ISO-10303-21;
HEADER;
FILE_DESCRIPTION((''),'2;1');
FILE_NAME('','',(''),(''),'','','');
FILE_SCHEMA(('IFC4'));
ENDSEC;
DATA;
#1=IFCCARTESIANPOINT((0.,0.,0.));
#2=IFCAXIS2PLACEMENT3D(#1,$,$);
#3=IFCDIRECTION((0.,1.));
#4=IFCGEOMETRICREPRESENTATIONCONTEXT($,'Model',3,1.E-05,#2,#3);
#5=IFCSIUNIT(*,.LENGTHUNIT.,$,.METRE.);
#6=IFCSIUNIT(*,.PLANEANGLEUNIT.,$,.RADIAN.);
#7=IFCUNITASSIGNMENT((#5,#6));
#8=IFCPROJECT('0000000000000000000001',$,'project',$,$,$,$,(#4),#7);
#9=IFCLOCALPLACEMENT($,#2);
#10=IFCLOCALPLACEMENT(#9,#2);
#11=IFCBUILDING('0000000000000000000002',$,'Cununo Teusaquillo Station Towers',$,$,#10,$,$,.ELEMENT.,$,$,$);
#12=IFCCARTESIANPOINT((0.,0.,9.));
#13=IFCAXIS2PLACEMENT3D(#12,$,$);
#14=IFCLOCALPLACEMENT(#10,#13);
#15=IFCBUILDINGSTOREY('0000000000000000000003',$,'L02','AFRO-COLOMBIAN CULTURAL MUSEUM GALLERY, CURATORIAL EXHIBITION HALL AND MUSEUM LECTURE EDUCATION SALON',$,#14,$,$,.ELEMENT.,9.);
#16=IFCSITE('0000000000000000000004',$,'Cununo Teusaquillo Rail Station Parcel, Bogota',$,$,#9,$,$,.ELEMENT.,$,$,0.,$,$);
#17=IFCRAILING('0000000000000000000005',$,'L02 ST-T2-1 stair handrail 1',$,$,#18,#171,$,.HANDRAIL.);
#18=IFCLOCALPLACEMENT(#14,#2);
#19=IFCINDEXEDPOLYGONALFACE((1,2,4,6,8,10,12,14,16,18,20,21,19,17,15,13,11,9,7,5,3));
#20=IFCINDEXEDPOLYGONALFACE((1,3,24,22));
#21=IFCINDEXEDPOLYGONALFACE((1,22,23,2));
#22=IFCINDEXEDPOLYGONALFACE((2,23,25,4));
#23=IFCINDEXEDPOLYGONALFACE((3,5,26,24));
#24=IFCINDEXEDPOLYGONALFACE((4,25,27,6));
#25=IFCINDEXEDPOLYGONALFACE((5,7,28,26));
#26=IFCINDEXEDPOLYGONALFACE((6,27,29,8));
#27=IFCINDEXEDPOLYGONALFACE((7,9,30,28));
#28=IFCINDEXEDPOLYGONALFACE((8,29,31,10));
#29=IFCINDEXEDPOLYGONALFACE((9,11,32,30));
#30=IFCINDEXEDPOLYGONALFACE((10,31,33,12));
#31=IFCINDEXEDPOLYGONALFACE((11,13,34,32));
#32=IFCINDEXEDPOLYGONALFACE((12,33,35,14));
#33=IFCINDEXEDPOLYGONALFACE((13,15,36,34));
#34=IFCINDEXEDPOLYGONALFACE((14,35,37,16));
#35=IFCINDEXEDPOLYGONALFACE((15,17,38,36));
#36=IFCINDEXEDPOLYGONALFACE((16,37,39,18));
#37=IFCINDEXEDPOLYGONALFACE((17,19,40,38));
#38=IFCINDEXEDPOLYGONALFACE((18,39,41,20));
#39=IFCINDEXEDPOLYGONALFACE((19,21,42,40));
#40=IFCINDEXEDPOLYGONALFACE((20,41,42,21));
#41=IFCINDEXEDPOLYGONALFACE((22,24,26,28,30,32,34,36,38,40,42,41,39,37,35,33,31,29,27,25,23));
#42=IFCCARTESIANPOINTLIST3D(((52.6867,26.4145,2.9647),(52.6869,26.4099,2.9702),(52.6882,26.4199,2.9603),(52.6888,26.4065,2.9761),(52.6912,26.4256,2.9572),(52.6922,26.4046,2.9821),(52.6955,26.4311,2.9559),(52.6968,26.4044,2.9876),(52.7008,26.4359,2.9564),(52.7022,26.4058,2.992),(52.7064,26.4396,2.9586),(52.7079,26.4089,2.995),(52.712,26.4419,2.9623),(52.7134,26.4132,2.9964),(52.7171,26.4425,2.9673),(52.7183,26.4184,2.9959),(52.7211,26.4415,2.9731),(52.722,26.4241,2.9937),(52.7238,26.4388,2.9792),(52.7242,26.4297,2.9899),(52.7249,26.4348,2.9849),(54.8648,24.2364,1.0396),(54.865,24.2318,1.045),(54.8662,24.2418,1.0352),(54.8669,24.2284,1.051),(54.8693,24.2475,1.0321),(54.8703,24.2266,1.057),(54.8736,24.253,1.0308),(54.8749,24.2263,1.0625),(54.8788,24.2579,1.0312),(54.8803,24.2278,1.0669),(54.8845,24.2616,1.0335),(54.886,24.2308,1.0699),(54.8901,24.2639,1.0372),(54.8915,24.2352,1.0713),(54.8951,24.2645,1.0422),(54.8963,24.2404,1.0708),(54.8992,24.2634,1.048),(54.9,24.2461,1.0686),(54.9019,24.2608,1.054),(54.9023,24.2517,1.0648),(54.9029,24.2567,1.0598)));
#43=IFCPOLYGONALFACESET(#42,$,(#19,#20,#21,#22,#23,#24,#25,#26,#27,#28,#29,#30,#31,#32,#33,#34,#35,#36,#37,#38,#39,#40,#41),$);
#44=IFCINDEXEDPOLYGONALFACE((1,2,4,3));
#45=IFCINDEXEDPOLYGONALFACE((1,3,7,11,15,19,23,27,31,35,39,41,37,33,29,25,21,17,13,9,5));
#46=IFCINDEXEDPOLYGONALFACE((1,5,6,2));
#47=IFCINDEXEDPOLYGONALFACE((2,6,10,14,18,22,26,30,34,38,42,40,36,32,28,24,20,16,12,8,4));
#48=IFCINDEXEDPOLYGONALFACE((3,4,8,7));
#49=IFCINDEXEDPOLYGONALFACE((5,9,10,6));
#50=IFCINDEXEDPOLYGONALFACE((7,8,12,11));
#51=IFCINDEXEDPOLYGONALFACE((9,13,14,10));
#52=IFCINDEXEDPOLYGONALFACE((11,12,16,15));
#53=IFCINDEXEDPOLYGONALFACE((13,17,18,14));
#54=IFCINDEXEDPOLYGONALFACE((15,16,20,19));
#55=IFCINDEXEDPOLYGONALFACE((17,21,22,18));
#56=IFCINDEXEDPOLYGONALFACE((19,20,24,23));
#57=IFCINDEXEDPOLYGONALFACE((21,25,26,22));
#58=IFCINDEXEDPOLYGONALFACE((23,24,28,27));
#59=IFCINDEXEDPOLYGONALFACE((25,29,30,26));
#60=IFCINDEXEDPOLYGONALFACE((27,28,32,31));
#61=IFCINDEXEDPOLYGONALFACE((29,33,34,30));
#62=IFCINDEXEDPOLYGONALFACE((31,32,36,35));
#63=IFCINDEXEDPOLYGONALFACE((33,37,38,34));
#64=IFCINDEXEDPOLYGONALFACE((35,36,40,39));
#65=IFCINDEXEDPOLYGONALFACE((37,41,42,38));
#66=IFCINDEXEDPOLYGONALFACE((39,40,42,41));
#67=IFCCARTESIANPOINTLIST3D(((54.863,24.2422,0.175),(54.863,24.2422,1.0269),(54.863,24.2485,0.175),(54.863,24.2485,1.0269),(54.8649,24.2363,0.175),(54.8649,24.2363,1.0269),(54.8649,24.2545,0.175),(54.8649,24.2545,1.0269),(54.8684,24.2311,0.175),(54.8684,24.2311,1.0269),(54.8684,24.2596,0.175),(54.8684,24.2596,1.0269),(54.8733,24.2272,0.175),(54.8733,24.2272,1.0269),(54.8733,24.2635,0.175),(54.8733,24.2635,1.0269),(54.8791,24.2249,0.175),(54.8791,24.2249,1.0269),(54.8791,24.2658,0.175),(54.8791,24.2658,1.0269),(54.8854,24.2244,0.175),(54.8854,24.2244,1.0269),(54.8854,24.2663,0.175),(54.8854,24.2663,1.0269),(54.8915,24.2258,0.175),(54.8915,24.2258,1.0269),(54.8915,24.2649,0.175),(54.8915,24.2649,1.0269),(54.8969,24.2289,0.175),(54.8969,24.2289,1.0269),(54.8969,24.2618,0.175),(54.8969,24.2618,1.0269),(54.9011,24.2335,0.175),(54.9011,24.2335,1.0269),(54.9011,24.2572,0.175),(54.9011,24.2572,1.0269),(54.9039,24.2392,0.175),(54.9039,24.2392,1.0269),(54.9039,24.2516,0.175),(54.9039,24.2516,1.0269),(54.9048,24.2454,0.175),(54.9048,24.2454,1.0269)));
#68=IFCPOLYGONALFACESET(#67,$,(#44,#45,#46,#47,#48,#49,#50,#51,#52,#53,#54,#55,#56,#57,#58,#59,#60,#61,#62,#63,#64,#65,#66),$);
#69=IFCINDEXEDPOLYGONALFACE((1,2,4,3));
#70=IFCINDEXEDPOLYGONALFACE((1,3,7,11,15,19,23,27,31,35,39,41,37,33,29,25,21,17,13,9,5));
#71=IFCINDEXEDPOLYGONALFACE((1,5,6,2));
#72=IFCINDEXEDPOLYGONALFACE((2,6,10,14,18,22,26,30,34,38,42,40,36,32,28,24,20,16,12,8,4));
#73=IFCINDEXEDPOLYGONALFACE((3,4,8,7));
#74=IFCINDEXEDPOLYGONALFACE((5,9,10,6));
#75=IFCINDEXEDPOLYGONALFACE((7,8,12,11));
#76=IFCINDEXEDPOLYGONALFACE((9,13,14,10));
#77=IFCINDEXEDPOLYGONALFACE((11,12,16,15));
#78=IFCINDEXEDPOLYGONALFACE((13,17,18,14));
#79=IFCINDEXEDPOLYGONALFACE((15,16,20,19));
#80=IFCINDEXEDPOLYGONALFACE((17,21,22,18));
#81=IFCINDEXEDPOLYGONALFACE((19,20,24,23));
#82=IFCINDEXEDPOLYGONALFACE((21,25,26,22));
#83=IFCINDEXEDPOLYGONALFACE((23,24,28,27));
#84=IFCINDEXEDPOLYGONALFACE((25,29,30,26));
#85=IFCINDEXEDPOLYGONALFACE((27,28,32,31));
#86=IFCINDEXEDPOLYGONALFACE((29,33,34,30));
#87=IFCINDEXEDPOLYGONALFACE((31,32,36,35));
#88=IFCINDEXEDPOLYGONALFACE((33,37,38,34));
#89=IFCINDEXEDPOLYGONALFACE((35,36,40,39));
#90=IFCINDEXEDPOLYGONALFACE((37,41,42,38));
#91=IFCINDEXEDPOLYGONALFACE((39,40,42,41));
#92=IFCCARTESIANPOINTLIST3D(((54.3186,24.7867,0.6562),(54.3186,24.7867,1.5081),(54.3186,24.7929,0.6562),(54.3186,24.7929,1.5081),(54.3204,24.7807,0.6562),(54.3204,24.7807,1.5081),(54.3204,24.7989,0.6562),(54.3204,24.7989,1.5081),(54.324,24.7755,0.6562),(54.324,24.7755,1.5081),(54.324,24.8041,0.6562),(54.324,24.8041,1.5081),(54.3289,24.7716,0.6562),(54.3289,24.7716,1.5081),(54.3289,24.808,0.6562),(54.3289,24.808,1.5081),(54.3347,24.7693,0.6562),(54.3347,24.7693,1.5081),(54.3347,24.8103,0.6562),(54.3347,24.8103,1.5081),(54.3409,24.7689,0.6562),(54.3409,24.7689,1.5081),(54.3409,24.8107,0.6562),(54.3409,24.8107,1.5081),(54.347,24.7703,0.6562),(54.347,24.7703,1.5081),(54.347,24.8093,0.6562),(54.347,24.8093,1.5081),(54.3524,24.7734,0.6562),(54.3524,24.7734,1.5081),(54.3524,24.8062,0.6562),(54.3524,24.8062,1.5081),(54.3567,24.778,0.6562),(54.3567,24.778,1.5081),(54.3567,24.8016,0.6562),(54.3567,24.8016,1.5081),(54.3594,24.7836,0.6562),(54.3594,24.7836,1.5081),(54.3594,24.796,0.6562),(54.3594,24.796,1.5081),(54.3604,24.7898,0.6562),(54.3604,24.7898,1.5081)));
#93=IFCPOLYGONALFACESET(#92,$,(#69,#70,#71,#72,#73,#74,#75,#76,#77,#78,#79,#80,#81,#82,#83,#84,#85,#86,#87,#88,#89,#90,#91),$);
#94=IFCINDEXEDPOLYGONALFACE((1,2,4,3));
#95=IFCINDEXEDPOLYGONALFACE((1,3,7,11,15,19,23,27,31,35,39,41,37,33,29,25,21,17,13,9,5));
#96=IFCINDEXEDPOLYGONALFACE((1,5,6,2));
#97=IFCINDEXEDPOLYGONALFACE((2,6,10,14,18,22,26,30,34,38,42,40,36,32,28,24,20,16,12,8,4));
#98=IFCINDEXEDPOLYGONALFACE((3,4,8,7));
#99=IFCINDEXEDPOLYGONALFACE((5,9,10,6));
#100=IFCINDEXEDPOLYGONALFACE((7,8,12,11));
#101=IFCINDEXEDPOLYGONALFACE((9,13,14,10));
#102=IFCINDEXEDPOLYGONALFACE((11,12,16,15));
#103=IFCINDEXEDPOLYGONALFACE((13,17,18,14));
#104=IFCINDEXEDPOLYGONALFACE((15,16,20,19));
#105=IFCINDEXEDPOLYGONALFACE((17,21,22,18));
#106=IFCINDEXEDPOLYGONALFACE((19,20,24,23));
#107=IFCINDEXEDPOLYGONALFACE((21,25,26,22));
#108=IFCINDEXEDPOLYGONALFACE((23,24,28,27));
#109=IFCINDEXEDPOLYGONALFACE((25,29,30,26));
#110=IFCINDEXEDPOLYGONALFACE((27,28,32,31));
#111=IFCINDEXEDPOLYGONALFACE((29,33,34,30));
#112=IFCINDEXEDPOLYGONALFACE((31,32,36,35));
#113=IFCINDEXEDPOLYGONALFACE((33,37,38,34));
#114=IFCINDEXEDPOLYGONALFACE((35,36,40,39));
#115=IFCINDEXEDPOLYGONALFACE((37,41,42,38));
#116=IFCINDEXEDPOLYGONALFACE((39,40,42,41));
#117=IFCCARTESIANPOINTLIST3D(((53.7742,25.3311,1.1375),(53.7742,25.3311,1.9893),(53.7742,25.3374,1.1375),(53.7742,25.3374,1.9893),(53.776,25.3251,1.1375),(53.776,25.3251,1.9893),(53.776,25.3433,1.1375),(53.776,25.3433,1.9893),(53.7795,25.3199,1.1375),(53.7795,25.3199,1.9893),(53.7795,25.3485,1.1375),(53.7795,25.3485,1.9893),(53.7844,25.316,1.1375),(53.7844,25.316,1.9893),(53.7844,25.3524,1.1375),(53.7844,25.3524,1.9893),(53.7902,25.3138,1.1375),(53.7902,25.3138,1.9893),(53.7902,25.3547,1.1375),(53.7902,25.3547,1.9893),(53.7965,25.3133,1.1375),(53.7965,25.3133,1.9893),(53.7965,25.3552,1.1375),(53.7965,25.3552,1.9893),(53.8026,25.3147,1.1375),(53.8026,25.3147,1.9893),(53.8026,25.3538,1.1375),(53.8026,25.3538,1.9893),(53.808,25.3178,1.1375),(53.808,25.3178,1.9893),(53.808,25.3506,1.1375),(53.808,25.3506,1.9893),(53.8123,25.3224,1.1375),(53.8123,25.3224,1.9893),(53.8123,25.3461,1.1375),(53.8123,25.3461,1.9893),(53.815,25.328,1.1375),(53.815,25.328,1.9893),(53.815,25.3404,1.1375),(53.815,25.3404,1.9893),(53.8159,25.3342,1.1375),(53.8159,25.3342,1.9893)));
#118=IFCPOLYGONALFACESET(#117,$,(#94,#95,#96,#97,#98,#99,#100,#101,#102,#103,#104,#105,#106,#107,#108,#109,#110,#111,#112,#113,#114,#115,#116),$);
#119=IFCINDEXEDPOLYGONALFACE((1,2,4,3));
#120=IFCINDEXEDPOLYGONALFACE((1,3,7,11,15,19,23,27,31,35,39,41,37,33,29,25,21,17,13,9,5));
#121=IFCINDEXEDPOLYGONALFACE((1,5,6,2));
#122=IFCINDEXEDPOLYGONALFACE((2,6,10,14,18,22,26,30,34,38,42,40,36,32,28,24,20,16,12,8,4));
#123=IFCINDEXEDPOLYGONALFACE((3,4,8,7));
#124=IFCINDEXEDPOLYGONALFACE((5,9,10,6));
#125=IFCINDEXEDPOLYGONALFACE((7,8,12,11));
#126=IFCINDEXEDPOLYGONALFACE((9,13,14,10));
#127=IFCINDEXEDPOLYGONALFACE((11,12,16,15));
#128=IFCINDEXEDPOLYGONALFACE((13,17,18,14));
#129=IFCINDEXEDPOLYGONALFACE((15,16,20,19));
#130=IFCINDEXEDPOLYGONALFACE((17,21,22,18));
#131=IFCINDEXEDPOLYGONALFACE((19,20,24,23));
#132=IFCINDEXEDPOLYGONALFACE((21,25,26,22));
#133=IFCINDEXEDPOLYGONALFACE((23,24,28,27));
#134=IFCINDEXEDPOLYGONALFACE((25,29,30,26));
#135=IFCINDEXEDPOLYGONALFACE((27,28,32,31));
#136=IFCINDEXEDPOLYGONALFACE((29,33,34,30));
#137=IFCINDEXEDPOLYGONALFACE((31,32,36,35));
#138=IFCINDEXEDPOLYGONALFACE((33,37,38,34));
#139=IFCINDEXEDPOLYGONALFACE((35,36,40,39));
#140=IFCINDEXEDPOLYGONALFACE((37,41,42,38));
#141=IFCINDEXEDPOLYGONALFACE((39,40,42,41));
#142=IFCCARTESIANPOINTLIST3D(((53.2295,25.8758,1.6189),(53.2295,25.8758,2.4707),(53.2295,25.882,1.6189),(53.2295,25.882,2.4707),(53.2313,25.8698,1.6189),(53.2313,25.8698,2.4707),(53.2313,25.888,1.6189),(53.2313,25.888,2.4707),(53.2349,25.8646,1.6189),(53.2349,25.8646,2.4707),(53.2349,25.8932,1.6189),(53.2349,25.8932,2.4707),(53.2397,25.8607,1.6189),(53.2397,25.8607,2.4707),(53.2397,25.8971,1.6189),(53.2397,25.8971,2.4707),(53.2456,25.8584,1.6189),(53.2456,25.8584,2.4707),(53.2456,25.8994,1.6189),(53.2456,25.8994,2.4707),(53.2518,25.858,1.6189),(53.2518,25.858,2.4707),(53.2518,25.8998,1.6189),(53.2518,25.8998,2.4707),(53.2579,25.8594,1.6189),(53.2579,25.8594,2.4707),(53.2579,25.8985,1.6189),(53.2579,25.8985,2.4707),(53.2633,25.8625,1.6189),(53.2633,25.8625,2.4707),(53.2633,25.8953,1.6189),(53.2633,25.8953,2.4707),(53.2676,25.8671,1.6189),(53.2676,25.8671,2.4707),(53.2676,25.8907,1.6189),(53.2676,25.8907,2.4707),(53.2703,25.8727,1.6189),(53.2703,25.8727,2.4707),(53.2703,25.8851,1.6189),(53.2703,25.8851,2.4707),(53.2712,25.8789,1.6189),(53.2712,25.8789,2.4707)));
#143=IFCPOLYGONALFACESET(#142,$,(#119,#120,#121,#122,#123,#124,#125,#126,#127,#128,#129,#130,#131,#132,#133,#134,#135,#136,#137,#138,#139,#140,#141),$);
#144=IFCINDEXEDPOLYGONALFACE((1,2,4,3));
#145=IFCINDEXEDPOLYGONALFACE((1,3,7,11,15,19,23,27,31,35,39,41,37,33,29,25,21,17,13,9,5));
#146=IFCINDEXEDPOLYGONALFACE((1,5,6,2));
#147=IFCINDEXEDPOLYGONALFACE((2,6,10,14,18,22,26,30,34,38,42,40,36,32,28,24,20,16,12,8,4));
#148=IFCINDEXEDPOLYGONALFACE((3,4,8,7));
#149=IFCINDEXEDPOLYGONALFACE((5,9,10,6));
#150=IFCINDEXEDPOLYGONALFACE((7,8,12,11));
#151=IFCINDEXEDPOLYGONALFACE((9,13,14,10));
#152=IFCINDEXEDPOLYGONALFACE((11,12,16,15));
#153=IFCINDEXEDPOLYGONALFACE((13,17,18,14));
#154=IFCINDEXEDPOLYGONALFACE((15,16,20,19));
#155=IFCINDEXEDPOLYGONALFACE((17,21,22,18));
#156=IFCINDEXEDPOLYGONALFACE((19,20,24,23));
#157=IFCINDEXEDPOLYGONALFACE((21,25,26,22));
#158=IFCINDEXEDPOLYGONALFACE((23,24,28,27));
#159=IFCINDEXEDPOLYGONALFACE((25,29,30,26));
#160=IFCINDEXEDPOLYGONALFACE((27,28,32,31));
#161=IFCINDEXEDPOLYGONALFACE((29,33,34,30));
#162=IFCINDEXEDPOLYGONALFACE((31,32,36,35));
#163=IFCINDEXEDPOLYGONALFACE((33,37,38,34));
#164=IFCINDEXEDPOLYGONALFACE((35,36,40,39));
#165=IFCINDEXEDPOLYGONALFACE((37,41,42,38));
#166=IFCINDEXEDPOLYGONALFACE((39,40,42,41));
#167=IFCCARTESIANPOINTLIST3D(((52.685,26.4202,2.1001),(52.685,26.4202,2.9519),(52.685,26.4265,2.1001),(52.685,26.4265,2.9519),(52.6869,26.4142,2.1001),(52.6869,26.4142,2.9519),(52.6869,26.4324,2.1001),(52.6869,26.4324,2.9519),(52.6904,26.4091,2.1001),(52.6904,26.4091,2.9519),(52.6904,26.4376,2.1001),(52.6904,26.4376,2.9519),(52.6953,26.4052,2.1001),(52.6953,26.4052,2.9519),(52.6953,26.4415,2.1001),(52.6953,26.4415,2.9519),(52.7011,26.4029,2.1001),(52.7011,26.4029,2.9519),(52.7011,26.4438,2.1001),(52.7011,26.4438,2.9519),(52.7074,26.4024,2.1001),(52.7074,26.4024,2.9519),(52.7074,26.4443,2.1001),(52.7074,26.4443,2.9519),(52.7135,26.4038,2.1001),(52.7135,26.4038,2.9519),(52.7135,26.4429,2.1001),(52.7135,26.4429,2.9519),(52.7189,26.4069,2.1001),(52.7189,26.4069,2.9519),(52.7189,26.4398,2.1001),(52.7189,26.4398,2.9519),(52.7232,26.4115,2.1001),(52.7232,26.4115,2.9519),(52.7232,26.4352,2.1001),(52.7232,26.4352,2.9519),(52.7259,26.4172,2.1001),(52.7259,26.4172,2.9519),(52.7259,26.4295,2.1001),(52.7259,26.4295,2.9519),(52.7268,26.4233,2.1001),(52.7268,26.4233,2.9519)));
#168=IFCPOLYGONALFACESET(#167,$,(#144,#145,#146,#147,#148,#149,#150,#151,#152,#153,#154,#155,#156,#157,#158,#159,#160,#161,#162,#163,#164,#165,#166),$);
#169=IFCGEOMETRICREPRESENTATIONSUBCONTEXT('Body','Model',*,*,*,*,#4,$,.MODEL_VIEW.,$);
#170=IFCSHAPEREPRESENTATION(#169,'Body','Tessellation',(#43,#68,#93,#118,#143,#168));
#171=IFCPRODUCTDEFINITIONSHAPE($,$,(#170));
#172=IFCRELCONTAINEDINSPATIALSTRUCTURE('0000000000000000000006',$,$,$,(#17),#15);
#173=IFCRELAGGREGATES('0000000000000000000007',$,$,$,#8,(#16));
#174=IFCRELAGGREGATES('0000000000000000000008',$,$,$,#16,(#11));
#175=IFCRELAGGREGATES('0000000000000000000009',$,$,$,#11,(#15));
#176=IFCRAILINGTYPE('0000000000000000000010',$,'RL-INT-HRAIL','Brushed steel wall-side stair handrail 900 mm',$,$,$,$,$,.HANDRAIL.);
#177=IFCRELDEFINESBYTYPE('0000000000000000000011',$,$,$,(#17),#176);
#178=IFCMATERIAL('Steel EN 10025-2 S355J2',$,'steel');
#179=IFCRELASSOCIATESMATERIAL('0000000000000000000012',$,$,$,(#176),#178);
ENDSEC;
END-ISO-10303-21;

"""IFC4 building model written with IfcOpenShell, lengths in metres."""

from ifc_helpers import new_model, si_unit, direction, frame, origin, origin_2d, place, context, subcontext, project, spatial, circle, extrude, material, type_object, element, save


model = new_model("IFC4")

# Units and contexts
model_context = context("Model", 3, precision=1e-05, world=origin(), true_north=direction((0.0, 1.0)))
body_context = subcontext(model_context, "Body", "Model", "MODEL_VIEW")
ifc_project = project(units=[si_unit("LENGTHUNIT", "METRE"), si_unit("PLANEANGLEUNIT", "RADIAN")], contexts=[model_context])

# Site, building, storey
site_placement = place(None, origin())
site = spatial("IfcSite", under=ifc_project, at=site_placement, Name="Cununo Teusaquillo Rail Station Parcel, Bogota", CompositionType="ELEMENT", RefElevation=0.0)
building_placement = place(site_placement, origin())
building = spatial("IfcBuilding", under=site, at=building_placement, Name="Cununo Teusaquillo Station Towers", CompositionType="ELEMENT")
storey_placement = place(building_placement, frame((0.0, 0.0, 9.0)))
storey = spatial("IfcBuildingStorey", under=building, at=storey_placement, Name="L02", Description="AFRO-COLOMBIAN CULTURAL MUSEUM GALLERY, CURATORIAL EXHIBITION HALL AND MUSEUM LECTURE EDUCATION SALON", CompositionType="ELEMENT", Elevation=9.0)

# Railing
ifc_material_1 = material(Name="Steel EN 10025-2 S355J2", Category="steel")
railing_type_1 = type_object("IfcRailingType", Name="RL-INT-HRAIL", Description="Brushed steel wall-side stair handrail 900 mm", PredefinedType="HANDRAIL", material=ifc_material_1)
railing_1_placement = place(storey_placement, frame((54.8838, 24.2454, 0.175)))
element("IfcRailing", 1, at=railing_1_placement, inside=storey, type_object=railing_type_1, Name="L02 ST-T2-1 stair handrail 1", PredefinedType="HANDRAIL", context=body_context, shape_type="SweptSolid", body=[
    extrude(circle(Radius=0.0239, at=origin_2d()), frame((0.0, 0.0, 0.876), z_axis=(-0.599628, 0.599628, 0.529993), x_axis=(-0.707107, -0.707107, 0.0)), (0.0, 0.0, 1.0), 3.6323),
    extrude(circle(Radius=0.021, at=origin_2d()), origin(), (0.0, 0.0, 1.0), 0.8518),
    extrude(circle(Radius=0.021, at=origin_2d()), frame((-0.5444, 0.5444, 0.4812)), (0.0, 0.0, 1.0), 0.8518),
    extrude(circle(Radius=0.021, at=origin_2d()), frame((-1.0889, 1.0889, 0.9624)), (0.0, 0.0, 1.0), 0.8518),
    extrude(circle(Radius=0.021, at=origin_2d()), frame((-1.6335, 1.6335, 1.4438)), (0.0, 0.0, 1.0), 0.8518),
    extrude(circle(Radius=0.021, at=origin_2d()), frame((-2.178, 2.178, 1.925)), (0.0, 0.0, 1.0), 0.8518),
])

save(model, "model.ifc")
